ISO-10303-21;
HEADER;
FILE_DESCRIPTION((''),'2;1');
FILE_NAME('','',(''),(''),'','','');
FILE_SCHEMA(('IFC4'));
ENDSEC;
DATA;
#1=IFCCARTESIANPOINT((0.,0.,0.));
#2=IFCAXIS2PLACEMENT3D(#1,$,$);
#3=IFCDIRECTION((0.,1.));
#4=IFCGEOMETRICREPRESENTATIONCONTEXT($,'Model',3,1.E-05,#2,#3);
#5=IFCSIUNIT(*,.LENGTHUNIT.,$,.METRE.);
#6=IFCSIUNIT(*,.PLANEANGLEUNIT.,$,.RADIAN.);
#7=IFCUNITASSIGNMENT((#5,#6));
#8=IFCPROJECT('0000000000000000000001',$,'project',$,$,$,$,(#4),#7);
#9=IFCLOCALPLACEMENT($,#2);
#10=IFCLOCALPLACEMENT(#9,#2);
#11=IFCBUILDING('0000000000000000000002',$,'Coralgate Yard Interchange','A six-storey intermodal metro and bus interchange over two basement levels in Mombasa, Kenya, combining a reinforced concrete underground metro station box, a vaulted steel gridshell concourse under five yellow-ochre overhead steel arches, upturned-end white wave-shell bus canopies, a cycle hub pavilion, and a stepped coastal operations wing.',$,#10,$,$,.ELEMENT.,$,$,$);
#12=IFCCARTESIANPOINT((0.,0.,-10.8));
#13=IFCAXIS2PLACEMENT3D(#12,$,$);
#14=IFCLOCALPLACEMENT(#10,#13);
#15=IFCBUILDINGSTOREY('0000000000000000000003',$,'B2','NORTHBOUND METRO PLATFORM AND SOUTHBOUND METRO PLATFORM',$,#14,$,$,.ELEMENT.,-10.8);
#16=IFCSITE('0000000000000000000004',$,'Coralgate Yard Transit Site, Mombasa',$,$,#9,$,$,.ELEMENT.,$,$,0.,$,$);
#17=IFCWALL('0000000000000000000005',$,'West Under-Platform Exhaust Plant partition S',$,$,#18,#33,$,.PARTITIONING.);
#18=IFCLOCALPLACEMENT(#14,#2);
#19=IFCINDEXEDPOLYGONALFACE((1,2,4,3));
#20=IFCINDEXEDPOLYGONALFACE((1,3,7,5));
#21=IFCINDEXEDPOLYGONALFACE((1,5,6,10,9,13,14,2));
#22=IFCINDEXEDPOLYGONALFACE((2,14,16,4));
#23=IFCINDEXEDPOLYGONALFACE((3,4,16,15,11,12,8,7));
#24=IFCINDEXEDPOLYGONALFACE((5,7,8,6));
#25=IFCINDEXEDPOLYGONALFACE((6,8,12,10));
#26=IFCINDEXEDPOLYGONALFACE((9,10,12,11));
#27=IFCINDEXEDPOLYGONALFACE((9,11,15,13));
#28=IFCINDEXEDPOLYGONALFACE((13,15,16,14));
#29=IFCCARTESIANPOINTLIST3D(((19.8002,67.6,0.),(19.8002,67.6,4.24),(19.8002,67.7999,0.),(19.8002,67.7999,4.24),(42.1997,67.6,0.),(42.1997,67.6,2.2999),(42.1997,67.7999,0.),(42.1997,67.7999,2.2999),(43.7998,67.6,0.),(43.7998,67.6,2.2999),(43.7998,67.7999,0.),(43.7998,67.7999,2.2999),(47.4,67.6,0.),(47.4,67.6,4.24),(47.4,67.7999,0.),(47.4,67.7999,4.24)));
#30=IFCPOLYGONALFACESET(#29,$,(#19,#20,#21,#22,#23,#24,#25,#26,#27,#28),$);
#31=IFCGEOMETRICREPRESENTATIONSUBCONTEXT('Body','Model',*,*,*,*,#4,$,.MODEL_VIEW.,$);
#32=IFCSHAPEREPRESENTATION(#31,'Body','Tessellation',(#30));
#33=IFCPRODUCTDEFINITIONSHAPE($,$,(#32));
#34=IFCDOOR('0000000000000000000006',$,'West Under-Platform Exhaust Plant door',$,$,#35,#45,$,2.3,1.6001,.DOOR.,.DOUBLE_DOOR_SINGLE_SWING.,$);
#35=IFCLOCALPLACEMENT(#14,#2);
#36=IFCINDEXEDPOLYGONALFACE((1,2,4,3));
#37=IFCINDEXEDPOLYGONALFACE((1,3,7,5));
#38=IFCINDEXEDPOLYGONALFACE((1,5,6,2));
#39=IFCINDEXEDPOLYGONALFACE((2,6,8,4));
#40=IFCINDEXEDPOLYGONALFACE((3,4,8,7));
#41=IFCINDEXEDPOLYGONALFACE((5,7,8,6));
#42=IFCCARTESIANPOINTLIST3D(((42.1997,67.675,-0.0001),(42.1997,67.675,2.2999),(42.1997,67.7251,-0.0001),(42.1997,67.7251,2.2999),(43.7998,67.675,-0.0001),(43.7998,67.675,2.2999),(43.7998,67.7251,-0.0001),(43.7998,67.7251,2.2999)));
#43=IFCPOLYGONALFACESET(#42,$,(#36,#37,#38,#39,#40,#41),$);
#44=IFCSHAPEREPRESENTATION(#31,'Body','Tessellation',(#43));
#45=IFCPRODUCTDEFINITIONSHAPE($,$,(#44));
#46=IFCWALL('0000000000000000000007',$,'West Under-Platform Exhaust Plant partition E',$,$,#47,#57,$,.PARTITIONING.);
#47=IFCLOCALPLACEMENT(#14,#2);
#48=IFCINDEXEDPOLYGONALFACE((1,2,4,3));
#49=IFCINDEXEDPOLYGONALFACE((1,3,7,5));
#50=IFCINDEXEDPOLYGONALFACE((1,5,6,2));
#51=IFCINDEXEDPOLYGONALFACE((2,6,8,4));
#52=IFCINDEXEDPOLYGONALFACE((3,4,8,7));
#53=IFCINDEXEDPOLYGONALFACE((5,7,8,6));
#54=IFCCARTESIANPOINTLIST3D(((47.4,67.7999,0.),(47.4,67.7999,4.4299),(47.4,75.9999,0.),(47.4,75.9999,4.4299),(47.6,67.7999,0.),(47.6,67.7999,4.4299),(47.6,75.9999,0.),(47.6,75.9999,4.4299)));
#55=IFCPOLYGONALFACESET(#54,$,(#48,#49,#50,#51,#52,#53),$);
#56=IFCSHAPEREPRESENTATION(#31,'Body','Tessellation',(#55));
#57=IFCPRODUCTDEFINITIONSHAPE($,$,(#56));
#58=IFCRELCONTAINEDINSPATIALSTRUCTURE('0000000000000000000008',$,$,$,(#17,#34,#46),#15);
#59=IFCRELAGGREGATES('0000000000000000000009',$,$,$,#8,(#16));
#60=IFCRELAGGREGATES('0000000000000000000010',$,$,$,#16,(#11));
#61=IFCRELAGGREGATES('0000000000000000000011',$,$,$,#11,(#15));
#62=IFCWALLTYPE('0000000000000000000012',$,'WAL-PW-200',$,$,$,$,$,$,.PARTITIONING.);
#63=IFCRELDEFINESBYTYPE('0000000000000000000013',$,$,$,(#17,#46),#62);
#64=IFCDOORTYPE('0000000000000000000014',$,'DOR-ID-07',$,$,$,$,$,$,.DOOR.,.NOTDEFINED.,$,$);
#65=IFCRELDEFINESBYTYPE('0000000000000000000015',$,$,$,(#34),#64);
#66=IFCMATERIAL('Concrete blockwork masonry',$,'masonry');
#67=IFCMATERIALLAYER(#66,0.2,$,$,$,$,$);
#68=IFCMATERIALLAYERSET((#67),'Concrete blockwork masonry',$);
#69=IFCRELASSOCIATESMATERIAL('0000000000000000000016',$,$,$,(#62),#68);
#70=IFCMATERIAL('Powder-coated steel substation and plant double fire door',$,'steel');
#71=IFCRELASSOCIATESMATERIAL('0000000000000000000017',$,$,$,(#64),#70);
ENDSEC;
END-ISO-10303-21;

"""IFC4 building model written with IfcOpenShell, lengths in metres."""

from ifc_helpers import new_model, si_unit, direction, frame, frame_2d, origin, place, context, subcontext, project, spatial, rectangle, extrude, material, layer, layer_set, type_object, element, fill, save


model = new_model("IFC4")

# Units and contexts
model_context = context("Model", 3, precision=1e-05, world=origin(), true_north=direction((0.0, 1.0)))
body_context = subcontext(model_context, "Body", "Model", "MODEL_VIEW")
ifc_project = project(units=[si_unit("LENGTHUNIT", "METRE"), si_unit("PLANEANGLEUNIT", "RADIAN")], contexts=[model_context])

# Site, building, storey
site_placement = place(None, origin())
site = spatial("IfcSite", under=ifc_project, at=site_placement, Name="Coralgate Yard Transit Site, Mombasa", CompositionType="ELEMENT", RefElevation=0.0)
building_placement = place(site_placement, origin())
building = spatial("IfcBuilding", under=site, at=building_placement, Name="Coralgate Yard Interchange", Description="A six-storey intermodal metro and bus interchange over two basement levels in Mombasa, Kenya, combining a reinforced concrete underground metro station box, a vaulted steel gridshell concourse under five yellow-ochre overhead steel arches, upturned-end white wave-shell bus canopies, a cycle hub pavilion, and a stepped coastal operations wing.", CompositionType="ELEMENT")
storey_placement = place(building_placement, frame((0.0, 0.0, -10.8)))
storey = spatial("IfcBuildingStorey", under=building, at=storey_placement, Name="B2", Description="NORTHBOUND METRO PLATFORM AND SOUTHBOUND METRO PLATFORM", CompositionType="ELEMENT", Elevation=-10.8)

# Wall, opening, door
ifc_material_1 = material(Name="Concrete blockwork masonry", Category="masonry")
ifc_layer_1 = layer(ifc_material_1, 0.2)
ifc_layer_set_1 = layer_set([ifc_layer_1], Name="Concrete blockwork masonry")
wall_type_1 = type_object("IfcWallType", Name="WAL-PW-200", PredefinedType="PARTITIONING", material=ifc_layer_set_1)
wall_1_placement = place(storey_placement, frame((47.3999, 67.7, 0.0), z_axis=(0.0, 0.0, 1.0), x_axis=(-1.0, 0.0, 0.0)))
wall_1 = element("IfcWall", 1, at=wall_1_placement, inside=storey, type_object=wall_type_1, Name="West Under-Platform Exhaust Plant partition S", PredefinedType="PARTITIONING", context=body_context, shape_type="SweptSolid", body=[
    extrude(rectangle(XDim=27.5999, YDim=0.2, at=frame_2d((13.7998, 0.0))), origin(), (0.0, 0.0, 1.0), 4.24),
])
opening_placement = place(wall_1_placement, frame((3.6001, 0.0, 0.0)))
opening = element("IfcOpeningElement", 2, at=opening_placement, cuts=wall_1, PredefinedType="OPENING", context=body_context, shape_type="SweptSolid", body=[
    extrude(rectangle(XDim=1.6001, YDim=2.3, at=frame_2d((0.8, 1.1499))), frame((0.0, 0.1099, 0.0), z_axis=(0.0, -1.0, 0.0), x_axis=(1.0, 0.0, 0.0)), (0.0, 0.0, 1.0), 0.22),
])
ifc_material_2 = material(Name="Powder-coated steel substation and plant double fire door", Category="steel")
door_type = type_object("IfcDoorType", Name="DOR-ID-07", OperationType="NOTDEFINED", PredefinedType="DOOR", material=ifc_material_2)
door_placement = place(opening_placement, origin())
door = element("IfcDoor", 3, at=door_placement, inside=storey, type_object=door_type, Name="West Under-Platform Exhaust Plant door", OperationType="DOUBLE_DOOR_SINGLE_SWING", OverallHeight=2.3, OverallWidth=1.6001, PredefinedType="DOOR", context=body_context, shape_type="SweptSolid", body=[
    extrude(rectangle(XDim=1.6001, YDim=2.3, at=frame_2d((0.8, 1.1499))), frame((0.0, 0.0249, 0.0), z_axis=(0.0, -1.0, 0.0), x_axis=(1.0, 0.0, 0.0)), (0.0, 0.0, 1.0), 0.05),
])
fill(opening, door)

# Wall
wall_2_placement = place(storey_placement, frame((47.5, 76.0, 0.0), z_axis=(0.0, 0.0, 1.0), x_axis=(0.0, -1.0, 0.0)))
element("IfcWall", 4, at=wall_2_placement, inside=storey, type_object=wall_type_1, Name="West Under-Platform Exhaust Plant partition E", PredefinedType="PARTITIONING", context=body_context, shape_type="SweptSolid", body=[
    extrude(rectangle(XDim=8.2, YDim=0.2, at=frame_2d((4.1001, 0.0))), origin(), (0.0, 0.0, 1.0), 4.4299),
])

save(model, "model.ifc")
